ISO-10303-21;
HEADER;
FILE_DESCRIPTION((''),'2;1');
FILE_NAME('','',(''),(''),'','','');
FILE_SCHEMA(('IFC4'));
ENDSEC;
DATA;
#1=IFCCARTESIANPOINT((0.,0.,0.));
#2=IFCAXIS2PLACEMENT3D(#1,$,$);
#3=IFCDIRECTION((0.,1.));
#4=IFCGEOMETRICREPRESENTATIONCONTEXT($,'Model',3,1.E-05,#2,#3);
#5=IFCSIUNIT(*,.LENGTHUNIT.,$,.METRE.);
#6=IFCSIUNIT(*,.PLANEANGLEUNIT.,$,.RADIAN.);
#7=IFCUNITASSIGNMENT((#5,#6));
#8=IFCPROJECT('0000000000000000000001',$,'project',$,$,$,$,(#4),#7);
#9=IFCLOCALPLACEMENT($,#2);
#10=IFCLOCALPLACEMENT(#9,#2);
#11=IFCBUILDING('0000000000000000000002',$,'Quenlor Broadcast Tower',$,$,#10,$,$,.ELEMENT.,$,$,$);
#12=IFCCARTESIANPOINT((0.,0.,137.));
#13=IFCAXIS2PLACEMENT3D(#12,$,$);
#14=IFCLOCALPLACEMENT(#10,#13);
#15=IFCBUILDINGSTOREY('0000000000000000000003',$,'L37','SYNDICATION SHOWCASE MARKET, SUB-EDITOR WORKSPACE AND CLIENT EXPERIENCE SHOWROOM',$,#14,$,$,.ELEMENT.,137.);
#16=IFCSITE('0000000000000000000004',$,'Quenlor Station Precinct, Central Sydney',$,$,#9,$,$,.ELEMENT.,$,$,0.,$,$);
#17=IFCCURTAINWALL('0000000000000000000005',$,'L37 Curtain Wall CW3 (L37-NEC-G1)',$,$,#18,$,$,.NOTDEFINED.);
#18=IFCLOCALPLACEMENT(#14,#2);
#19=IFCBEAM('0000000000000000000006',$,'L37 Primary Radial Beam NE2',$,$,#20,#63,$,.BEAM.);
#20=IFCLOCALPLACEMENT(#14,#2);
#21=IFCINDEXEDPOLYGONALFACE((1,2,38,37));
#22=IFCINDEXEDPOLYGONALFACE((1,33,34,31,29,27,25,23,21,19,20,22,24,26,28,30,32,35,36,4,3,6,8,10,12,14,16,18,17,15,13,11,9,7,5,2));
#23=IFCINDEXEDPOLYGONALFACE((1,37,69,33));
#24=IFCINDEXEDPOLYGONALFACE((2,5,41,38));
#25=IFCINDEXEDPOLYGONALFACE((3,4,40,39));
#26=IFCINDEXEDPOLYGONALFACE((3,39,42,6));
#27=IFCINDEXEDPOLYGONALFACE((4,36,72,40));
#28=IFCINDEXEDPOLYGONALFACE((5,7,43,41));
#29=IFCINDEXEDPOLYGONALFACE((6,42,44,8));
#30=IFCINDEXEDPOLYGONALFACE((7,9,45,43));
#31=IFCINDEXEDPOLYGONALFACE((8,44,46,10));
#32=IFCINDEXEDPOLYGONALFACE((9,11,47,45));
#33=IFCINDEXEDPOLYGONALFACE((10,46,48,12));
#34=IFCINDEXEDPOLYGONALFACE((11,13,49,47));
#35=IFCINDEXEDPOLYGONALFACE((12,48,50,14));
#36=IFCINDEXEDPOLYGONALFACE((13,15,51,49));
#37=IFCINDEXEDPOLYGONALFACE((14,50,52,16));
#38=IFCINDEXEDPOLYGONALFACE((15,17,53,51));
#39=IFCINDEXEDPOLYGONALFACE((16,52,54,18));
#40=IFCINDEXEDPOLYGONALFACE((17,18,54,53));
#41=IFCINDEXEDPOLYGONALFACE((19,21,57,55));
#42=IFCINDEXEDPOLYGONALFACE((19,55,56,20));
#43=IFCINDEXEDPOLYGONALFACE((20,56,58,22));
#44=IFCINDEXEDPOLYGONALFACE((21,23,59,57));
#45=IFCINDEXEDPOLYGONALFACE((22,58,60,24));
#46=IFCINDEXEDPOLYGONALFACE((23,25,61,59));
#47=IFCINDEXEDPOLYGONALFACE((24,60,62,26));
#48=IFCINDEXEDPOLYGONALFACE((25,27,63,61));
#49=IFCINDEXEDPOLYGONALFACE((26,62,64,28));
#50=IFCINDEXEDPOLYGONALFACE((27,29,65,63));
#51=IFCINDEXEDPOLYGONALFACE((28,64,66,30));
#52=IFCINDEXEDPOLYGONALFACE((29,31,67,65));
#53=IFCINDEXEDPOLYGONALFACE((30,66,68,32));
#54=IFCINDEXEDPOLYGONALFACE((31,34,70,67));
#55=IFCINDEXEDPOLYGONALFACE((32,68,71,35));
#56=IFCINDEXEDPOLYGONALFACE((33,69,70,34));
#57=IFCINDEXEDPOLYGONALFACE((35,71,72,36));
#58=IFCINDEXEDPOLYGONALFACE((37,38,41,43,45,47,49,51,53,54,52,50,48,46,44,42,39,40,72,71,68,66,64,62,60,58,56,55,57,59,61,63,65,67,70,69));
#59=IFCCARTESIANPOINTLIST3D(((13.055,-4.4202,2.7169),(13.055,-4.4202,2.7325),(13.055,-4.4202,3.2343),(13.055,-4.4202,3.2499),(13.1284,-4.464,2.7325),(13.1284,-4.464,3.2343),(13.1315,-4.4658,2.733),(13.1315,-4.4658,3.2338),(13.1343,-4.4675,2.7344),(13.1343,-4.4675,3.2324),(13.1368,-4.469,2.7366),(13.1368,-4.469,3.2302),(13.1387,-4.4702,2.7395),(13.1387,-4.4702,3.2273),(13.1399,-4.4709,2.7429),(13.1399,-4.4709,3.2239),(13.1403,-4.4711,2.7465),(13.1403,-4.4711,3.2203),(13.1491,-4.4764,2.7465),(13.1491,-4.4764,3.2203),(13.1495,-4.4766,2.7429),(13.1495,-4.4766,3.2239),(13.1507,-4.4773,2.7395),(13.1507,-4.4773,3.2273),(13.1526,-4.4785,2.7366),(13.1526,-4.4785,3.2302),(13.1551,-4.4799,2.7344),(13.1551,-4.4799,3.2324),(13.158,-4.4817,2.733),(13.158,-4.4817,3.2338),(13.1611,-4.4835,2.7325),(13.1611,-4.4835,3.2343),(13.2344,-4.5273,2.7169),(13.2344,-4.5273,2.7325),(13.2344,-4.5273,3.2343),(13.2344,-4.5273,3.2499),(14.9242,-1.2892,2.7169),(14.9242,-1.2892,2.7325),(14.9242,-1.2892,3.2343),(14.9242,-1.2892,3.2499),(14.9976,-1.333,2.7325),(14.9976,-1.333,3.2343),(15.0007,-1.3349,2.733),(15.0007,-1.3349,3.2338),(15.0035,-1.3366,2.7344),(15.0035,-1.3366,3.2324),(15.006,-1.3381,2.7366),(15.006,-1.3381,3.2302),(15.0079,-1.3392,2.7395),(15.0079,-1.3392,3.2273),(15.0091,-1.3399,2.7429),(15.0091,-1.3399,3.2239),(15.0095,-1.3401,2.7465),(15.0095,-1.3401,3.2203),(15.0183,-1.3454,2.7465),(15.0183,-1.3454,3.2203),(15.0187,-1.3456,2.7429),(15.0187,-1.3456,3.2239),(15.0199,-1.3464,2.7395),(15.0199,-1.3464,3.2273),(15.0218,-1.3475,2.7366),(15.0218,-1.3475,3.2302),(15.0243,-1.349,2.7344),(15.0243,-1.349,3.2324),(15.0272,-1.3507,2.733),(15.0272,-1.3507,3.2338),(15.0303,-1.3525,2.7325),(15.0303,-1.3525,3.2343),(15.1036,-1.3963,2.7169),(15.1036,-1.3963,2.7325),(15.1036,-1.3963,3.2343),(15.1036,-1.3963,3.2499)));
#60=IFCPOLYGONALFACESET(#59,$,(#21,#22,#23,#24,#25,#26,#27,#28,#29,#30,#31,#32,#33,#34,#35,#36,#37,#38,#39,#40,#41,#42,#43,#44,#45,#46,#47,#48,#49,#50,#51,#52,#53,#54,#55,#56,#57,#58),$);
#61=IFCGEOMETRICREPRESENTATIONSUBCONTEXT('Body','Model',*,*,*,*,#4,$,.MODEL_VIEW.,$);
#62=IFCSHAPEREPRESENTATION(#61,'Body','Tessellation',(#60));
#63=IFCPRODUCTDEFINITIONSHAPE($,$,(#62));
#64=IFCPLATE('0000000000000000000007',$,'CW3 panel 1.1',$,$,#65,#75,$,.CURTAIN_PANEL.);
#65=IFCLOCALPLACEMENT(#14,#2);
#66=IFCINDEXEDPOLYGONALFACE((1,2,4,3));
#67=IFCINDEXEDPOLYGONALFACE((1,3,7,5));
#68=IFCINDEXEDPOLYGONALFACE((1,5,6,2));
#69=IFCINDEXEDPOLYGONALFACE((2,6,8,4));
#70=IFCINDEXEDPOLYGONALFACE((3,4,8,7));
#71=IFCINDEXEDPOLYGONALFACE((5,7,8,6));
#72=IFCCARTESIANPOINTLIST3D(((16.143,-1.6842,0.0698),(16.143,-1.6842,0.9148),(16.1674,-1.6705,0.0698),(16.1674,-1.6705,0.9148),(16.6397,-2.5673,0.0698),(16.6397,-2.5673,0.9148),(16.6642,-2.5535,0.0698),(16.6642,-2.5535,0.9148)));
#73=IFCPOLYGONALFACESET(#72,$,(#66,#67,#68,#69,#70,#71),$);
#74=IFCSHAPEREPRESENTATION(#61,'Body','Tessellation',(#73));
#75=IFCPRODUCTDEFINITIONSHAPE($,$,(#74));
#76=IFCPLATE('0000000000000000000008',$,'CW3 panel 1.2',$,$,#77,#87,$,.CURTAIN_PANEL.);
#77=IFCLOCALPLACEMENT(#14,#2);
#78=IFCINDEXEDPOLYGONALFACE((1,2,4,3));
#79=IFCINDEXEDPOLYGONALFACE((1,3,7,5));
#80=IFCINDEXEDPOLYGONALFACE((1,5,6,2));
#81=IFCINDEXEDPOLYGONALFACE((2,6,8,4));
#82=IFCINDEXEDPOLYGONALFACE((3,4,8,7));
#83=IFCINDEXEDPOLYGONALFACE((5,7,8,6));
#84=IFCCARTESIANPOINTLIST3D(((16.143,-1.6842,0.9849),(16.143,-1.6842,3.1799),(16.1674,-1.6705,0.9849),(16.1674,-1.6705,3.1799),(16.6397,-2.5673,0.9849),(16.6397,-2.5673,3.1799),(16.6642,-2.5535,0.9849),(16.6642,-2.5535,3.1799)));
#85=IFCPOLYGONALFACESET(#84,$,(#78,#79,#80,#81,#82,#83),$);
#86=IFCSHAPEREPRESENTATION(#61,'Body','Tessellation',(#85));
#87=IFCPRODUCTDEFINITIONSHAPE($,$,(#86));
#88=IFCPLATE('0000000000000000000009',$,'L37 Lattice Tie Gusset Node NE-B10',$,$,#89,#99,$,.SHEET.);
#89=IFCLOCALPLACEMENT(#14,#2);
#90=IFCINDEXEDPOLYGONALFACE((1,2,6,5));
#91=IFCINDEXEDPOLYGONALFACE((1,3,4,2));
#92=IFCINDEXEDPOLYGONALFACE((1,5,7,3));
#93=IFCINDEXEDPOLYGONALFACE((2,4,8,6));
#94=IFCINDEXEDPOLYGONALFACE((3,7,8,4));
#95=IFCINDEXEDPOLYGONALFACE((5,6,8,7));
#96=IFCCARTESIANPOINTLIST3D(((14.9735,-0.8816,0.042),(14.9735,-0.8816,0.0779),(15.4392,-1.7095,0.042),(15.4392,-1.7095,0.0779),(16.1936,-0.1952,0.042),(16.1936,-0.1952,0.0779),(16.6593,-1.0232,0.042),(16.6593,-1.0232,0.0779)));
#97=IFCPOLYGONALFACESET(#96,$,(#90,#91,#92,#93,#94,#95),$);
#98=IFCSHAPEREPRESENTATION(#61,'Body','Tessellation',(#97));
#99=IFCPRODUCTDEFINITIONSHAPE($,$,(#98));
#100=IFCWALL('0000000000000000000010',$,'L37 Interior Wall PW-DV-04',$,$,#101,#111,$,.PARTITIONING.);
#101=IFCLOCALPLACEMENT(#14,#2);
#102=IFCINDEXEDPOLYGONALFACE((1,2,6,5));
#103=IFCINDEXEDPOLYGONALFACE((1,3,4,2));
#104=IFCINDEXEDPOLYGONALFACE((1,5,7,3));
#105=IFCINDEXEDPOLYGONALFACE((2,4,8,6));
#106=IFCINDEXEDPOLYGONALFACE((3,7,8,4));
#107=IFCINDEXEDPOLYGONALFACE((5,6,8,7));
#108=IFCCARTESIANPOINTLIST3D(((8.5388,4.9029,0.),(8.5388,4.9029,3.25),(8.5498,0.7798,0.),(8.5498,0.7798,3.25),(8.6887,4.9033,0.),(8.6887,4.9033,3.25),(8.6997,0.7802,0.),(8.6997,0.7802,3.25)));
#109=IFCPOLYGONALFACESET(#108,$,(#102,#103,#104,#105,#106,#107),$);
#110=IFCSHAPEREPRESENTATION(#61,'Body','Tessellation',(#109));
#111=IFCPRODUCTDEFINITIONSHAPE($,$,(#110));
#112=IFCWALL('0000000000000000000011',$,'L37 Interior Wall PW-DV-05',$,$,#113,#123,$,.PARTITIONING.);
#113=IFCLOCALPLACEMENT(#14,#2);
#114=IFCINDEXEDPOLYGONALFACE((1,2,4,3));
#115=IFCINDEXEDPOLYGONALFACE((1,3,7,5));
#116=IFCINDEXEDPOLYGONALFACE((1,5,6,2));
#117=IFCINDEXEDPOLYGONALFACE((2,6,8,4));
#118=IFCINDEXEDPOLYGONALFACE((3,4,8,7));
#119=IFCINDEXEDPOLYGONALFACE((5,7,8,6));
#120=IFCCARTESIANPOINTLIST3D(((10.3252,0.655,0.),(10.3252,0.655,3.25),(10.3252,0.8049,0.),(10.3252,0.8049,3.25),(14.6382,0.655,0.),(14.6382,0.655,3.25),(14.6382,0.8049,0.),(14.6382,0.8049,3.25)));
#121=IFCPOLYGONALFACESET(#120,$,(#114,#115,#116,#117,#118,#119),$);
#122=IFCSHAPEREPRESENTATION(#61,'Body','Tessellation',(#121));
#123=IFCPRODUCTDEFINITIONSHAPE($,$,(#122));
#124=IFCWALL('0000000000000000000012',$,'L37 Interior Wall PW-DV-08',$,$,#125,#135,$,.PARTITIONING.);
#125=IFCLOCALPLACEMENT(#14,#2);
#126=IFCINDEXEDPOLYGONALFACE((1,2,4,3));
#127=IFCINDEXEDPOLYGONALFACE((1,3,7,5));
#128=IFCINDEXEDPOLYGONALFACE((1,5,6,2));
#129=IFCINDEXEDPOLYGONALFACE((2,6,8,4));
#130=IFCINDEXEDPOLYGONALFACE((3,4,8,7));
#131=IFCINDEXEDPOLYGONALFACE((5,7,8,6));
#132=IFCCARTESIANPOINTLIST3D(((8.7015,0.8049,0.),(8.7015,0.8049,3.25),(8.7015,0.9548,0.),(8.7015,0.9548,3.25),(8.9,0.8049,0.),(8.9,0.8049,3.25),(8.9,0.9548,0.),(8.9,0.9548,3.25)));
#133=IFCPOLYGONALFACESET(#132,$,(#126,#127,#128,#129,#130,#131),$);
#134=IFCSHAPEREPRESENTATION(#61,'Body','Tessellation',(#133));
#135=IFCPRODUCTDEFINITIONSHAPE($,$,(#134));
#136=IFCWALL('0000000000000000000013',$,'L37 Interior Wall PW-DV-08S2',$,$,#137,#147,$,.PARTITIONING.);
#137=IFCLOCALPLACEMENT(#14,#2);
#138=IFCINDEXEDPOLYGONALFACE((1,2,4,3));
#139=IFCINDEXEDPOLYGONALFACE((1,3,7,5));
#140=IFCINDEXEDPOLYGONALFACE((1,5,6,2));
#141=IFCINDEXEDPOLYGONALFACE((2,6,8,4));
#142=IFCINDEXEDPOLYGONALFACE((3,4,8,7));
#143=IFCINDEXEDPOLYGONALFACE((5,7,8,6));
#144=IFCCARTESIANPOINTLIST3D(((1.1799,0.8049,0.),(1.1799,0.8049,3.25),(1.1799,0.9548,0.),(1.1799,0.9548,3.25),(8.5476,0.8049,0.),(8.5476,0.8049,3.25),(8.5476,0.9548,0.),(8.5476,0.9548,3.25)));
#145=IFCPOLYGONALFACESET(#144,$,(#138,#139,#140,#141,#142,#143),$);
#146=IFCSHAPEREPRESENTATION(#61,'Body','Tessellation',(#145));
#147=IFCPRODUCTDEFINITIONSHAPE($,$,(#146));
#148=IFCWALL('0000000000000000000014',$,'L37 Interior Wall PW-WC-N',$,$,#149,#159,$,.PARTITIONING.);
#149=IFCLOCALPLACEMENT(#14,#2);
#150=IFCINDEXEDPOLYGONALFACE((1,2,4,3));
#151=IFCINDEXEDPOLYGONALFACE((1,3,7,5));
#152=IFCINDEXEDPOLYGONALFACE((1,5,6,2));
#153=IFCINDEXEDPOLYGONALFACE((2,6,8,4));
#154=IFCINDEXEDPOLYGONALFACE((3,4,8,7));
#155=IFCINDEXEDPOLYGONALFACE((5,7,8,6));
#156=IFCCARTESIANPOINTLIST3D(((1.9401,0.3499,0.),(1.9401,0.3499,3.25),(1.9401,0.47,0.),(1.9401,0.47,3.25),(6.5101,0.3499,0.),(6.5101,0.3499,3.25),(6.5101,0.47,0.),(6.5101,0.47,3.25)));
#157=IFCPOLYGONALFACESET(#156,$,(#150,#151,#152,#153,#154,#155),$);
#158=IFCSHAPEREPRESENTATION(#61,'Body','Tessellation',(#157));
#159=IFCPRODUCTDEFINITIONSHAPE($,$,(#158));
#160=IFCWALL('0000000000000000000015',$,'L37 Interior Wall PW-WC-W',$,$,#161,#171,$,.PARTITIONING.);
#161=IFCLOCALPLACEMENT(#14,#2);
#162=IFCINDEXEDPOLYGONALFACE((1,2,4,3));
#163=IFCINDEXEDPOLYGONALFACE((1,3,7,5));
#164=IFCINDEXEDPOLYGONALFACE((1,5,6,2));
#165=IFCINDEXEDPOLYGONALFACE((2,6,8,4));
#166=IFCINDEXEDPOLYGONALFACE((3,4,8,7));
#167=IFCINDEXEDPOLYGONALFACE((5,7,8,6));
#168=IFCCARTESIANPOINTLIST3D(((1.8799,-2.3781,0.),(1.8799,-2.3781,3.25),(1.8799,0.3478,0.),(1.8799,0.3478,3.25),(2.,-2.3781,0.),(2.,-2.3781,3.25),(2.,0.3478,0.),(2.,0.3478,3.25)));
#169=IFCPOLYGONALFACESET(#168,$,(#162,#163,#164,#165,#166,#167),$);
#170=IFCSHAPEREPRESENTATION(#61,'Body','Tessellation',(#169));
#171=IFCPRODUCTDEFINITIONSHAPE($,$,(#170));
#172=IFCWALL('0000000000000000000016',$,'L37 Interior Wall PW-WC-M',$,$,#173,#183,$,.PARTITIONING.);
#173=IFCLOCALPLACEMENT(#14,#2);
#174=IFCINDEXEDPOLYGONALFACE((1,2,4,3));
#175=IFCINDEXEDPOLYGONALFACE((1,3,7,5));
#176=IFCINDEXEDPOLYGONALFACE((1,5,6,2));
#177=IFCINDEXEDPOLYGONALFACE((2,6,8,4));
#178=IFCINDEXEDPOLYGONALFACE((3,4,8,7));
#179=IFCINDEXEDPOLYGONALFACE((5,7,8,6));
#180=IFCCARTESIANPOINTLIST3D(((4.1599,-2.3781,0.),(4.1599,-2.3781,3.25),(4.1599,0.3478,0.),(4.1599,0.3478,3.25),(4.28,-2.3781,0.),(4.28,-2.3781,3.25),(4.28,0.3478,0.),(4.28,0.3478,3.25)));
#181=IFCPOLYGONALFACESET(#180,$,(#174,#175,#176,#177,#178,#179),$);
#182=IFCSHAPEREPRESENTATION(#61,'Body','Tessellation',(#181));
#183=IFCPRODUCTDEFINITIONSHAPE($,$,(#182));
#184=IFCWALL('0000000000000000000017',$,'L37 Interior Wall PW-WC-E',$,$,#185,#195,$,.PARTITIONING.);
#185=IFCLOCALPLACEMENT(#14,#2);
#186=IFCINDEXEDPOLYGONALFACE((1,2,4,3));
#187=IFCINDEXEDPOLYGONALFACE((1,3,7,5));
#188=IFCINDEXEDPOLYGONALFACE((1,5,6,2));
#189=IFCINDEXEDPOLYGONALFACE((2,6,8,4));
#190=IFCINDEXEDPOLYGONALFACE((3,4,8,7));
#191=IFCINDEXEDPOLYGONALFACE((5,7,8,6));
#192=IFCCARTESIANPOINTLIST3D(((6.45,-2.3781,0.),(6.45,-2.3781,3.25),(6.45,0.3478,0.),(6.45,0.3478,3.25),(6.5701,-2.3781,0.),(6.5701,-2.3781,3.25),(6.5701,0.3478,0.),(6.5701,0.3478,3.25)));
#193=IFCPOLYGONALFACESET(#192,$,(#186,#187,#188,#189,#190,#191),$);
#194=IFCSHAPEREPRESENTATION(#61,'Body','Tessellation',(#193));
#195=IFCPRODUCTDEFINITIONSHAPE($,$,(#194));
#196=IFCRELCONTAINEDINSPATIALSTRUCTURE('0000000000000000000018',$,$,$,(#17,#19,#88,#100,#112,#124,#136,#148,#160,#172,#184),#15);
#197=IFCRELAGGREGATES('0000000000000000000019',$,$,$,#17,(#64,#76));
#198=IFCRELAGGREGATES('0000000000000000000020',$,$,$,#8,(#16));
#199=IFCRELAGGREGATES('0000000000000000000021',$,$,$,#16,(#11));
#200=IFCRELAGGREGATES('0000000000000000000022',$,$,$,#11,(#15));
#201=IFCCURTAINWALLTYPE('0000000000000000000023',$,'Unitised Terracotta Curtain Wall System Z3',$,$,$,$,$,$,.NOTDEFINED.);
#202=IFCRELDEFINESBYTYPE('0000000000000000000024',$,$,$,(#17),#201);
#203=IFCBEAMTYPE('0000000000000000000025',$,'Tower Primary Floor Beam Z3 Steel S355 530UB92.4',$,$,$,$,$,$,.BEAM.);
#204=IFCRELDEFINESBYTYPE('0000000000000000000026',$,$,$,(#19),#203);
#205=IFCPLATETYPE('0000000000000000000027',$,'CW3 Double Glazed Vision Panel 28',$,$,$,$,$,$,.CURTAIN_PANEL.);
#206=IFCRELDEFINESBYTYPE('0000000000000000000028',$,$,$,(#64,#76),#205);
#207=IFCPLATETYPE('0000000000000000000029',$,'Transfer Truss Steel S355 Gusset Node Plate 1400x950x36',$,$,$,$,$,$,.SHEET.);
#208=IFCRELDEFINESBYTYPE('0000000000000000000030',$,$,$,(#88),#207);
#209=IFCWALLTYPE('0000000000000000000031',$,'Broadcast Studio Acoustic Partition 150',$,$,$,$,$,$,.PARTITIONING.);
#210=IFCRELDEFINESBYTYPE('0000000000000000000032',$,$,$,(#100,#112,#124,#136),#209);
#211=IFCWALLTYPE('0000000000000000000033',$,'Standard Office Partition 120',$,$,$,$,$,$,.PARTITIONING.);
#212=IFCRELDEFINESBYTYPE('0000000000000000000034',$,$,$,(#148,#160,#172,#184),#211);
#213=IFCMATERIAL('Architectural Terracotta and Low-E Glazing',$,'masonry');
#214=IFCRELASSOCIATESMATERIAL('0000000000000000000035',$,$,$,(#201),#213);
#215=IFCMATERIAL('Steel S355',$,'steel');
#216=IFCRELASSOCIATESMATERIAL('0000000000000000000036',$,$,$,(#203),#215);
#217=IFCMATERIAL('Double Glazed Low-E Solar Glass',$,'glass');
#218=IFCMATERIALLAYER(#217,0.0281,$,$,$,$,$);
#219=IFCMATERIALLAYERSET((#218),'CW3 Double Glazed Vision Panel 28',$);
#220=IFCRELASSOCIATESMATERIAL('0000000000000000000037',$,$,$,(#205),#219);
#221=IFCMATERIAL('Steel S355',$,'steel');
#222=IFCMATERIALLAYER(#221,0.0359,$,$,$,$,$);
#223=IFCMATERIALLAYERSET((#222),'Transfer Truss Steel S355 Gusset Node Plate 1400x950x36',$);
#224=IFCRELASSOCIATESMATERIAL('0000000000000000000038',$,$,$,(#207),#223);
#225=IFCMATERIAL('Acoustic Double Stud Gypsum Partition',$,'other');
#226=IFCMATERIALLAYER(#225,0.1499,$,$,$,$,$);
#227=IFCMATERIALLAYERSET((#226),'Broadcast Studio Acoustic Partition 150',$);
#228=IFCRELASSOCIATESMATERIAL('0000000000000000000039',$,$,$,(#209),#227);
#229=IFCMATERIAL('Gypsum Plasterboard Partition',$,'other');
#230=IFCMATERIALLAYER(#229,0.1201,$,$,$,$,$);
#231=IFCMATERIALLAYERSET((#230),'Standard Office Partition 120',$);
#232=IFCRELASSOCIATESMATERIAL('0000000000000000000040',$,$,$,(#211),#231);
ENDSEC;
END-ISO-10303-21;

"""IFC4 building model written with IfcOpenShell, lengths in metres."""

from ifc_helpers import new_model, si_unit, direction, frame, frame_2d, origin, origin_2d, place, context, subcontext, project, spatial, rectangle, i_section, extrude, material, layer, layer_set, material_profile, profile_set, type_object, element, aggregate, save


model = new_model("IFC4")

# Units and contexts
model_context = context("Model", 3, precision=1e-05, world=origin(), true_north=direction((0.0, 1.0)))
body_context = subcontext(model_context, "Body", "Model", "MODEL_VIEW")
ifc_project = project(units=[si_unit("LENGTHUNIT", "METRE"), si_unit("PLANEANGLEUNIT", "RADIAN")], contexts=[model_context])

# Site, building, storey
site_placement = place(None, origin())
site = spatial("IfcSite", under=ifc_project, at=site_placement, Name="Quenlor Station Precinct, Central Sydney", CompositionType="ELEMENT", RefElevation=0.0)
building_placement = place(site_placement, origin())
building = spatial("IfcBuilding", under=site, at=building_placement, Name="Quenlor Broadcast Tower", CompositionType="ELEMENT")
storey_placement = place(building_placement, frame((0.0, 0.0, 137.0)))
storey = spatial("IfcBuildingStorey", under=building, at=storey_placement, Name="L37", Description="SYNDICATION SHOWCASE MARKET, SUB-EDITOR WORKSPACE AND CLIENT EXPERIENCE SHOWROOM", CompositionType="ELEMENT", Elevation=137.0)

# Curtain wall
ifc_material_1 = material(Name="Architectural Terracotta and Low-E Glazing", Category="masonry")
curtain_wall_type = type_object("IfcCurtainWallType", Name="Unitised Terracotta Curtain Wall System Z3", PredefinedType="NOTDEFINED", material=ifc_material_1)
curtain_wall_placement = place(storey_placement, origin())
curtain_wall = element("IfcCurtainWall", 1, at=curtain_wall_placement, inside=storey, type_object=curtain_wall_type, Name="L37 Curtain Wall CW3 (L37-NEC-G1)", PredefinedType="NOTDEFINED")

# Beam
ifc_material_2 = material(Name="Steel S355", Category="steel")
ifc_material_profile_1 = material_profile(ifc_material_2, i_section(OverallWidth=0.209, OverallDepth=0.533, WebThickness=0.0103, FlangeThickness=0.0156, FilletRadius=0.0139, at=origin_2d()))
ifc_profile_set_1 = profile_set([ifc_material_profile_1], Name="Steel S355 530UB92.4")
beam_type_1 = type_object("IfcBeamType", Name="Tower Primary Floor Beam Z3 Steel S355 530UB92.4", PredefinedType="BEAM", material=ifc_profile_set_1)
beam_1_placement = place(storey_placement, frame((15.0139, -1.3428, 2.9834), z_axis=(-0.512604, -0.858625, 0.0), x_axis=(0.858625, -0.512604, 0.0)))
element("IfcBeam", 2, at=beam_1_placement, inside=storey, type_object=beam_type_1, Name="L37 Primary Radial Beam NE2", PredefinedType="BEAM", context=body_context, shape_type="SweptSolid", body=[
    extrude(i_section(OverallWidth=0.209, OverallDepth=0.533, WebThickness=0.0103, FlangeThickness=0.0156, FilletRadius=0.0139, at=origin_2d()), origin(), (0.0, 0.0, 1.0), 3.6465),
])

# Plates
ifc_material_3 = material(Name="Double Glazed Low-E Solar Glass", Category="glass")
ifc_layer_1 = layer(ifc_material_3, 0.0281)
ifc_layer_set_1 = layer_set([ifc_layer_1], Name="CW3 Double Glazed Vision Panel 28")
plate_type_1 = type_object("IfcPlateType", Name="CW3 Double Glazed Vision Panel 28", PredefinedType="CURTAIN_PANEL", material=ifc_layer_set_1)
plate_1_placement = place(storey_placement, frame((16.4036, -2.1189, 0.0698), z_axis=(0.0, 0.0, 1.0), x_axis=(0.490253, -0.87158, 0.0)))
plate_1 = element("IfcPlate", 3, at=plate_1_placement, type_object=plate_type_1, Name="CW3 panel 1.1", PredefinedType="CURTAIN_PANEL", context=body_context, shape_type="SweptSolid", body=[
    extrude(rectangle(XDim=1.0132, YDim=0.0281, at=origin_2d()), origin(), (0.0, 0.0, 1.0), 0.845),
])
plate_2_placement = place(storey_placement, frame((16.4036, -2.1189, 0.9849), z_axis=(0.0, 0.0, 1.0), x_axis=(0.490253, -0.87158, 0.0)))
plate_2 = element("IfcPlate", 4, at=plate_2_placement, type_object=plate_type_1, Name="CW3 panel 1.2", PredefinedType="CURTAIN_PANEL", context=body_context, shape_type="SweptSolid", body=[
    extrude(rectangle(XDim=1.0132, YDim=0.0281, at=origin_2d()), origin(), (0.0, 0.0, 1.0), 2.1951),
])
aggregate(curtain_wall, [plate_1, plate_2])
ifc_material_4 = material(Name="Steel S355", Category="steel")
ifc_layer_2 = layer(ifc_material_4, 0.0359)
ifc_layer_set_2 = layer_set([ifc_layer_2], Name="Transfer Truss Steel S355 Gusset Node Plate 1400x950x36")
plate_type_2 = type_object("IfcPlateType", Name="Transfer Truss Steel S355 Gusset Node Plate 1400x950x36", PredefinedType="SHEET", material=ifc_layer_set_2)
plate_3_placement = place(storey_placement, frame((15.8164, -0.9524, 0.042), z_axis=(0.0, 0.0, 1.0), x_axis=(0.871556, 0.490295, 0.0)))
element("IfcPlate", 5, at=plate_3_placement, inside=storey, type_object=plate_type_2, Name="L37 Lattice Tie Gusset Node NE-B10", PredefinedType="SHEET", context=body_context, shape_type="SweptSolid", body=[
    extrude(rectangle(XDim=1.3999, YDim=0.95, at=origin_2d()), origin(), (0.0, 0.0, 1.0), 0.0359),
])

# Walls
ifc_material_5 = material(Name="Acoustic Double Stud Gypsum Partition", Category="other")
ifc_layer_3 = layer(ifc_material_5, 0.1499)
ifc_layer_set_3 = layer_set([ifc_layer_3], Name="Broadcast Studio Acoustic Partition 150")
wall_type_1 = type_object("IfcWallType", Name="Broadcast Studio Acoustic Partition 150", PredefinedType="PARTITIONING", material=ifc_layer_set_3)
wall_1_placement = place(storey_placement, frame((8.6248, 0.78, 0.0), z_axis=(0.0, 0.0, 1.0), x_axis=(-0.002665, 0.999996, 0.0)))
element("IfcWall", 6, at=wall_1_placement, inside=storey, type_object=wall_type_1, Name="L37 Interior Wall PW-DV-04", PredefinedType="PARTITIONING", context=body_context, shape_type="SweptSolid", body=[
    extrude(rectangle(XDim=4.123, YDim=0.1499, at=frame_2d((2.0615, 0.0))), origin(), (0.0, 0.0, 1.0), 3.25),
])
wall_2_placement = place(storey_placement, frame((14.6382, 0.73, 0.0), z_axis=(0.0, 0.0, 1.0), x_axis=(-1.0, 0.0, 0.0)))
element("IfcWall", 7, at=wall_2_placement, inside=storey, type_object=wall_type_1, Name="L37 Interior Wall PW-DV-05", PredefinedType="PARTITIONING", context=body_context, shape_type="SweptSolid", body=[
    extrude(rectangle(XDim=4.313, YDim=0.1499, at=frame_2d((2.1565, 0.0))), origin(), (0.0, 0.0, 1.0), 3.25),
])
wall_3_placement = place(storey_placement, frame((8.8999, 0.8799, 0.0), z_axis=(0.0, 0.0, 1.0), x_axis=(-1.0, 0.0, 0.0)))
element("IfcWall", 8, at=wall_3_placement, inside=storey, type_object=wall_type_1, Name="L37 Interior Wall PW-DV-08", PredefinedType="PARTITIONING", context=body_context, shape_type="SweptSolid", body=[
    extrude(rectangle(XDim=0.1985, YDim=0.1499, at=frame_2d((0.0991, 0.0))), origin(), (0.0, 0.0, 1.0), 3.25),
])
wall_4_placement = place(storey_placement, frame((8.5476, 0.8799, 0.0), z_axis=(0.0, 0.0, 1.0), x_axis=(-1.0, 0.0, 0.0)))
element("IfcWall", 9, at=wall_4_placement, inside=storey, type_object=wall_type_1, Name="L37 Interior Wall PW-DV-08S2", PredefinedType="PARTITIONING", context=body_context, shape_type="SweptSolid", body=[
    extrude(rectangle(XDim=7.3677, YDim=0.1499, at=frame_2d((3.6838, 0.0))), origin(), (0.0, 0.0, 1.0), 3.25),
])

# Shared definitions
ifc_material_6 = material(Name="Gypsum Plasterboard Partition", Category="other")
ifc_layer_4 = layer(ifc_material_6, 0.1201)
ifc_layer_set_4 = layer_set([ifc_layer_4], Name="Standard Office Partition 120")
wall_type_2 = type_object("IfcWallType", Name="Standard Office Partition 120", PredefinedType="PARTITIONING", material=ifc_layer_set_4)

# Walls
wall_5_placement = place(storey_placement, frame((1.9399, 0.4099, 0.0), z_axis=(0.0, 0.0, 1.0), x_axis=(1.0, 0.0, 0.0)))
element("IfcWall", 10, at=wall_5_placement, inside=storey, type_object=wall_type_2, Name="L37 Interior Wall PW-WC-N", PredefinedType="PARTITIONING", context=body_context, shape_type="SweptSolid", body=[
    extrude(rectangle(XDim=4.5701, YDim=0.1201, at=frame_2d((2.2852, 0.0))), origin(), (0.0, 0.0, 1.0), 3.25),
])
for number, where, z_axis, x_axis, name in (
    (11, (1.9399, -2.3779, 0.0), (0.0, 0.0, 1.0), (0.0, 1.0, 0.0), "L37 Interior Wall PW-WC-W"),
    (12, (4.22, -2.3779, 0.0), (0.0, 0.0, 1.0), (0.0, 1.0, 0.0), "L37 Interior Wall PW-WC-M"),
    (13, (6.51, -2.3779, 0.0), (0.0, 0.0, 1.0), (0.0, 1.0, 0.0), "L37 Interior Wall PW-WC-E"),
):
    element("IfcWall", number, at=place(storey_placement, frame(where, z_axis=z_axis, x_axis=x_axis)), inside=storey, type_object=wall_type_2, Name=name, PredefinedType="PARTITIONING", context=body_context, shape_type="SweptSolid", body=[
        extrude(rectangle(XDim=2.7258, YDim=0.1201, at=frame_2d((1.3628, 0.0))), origin(), (0.0, 0.0, 1.0), 3.25),
    ])

save(model, "model.ifc")
